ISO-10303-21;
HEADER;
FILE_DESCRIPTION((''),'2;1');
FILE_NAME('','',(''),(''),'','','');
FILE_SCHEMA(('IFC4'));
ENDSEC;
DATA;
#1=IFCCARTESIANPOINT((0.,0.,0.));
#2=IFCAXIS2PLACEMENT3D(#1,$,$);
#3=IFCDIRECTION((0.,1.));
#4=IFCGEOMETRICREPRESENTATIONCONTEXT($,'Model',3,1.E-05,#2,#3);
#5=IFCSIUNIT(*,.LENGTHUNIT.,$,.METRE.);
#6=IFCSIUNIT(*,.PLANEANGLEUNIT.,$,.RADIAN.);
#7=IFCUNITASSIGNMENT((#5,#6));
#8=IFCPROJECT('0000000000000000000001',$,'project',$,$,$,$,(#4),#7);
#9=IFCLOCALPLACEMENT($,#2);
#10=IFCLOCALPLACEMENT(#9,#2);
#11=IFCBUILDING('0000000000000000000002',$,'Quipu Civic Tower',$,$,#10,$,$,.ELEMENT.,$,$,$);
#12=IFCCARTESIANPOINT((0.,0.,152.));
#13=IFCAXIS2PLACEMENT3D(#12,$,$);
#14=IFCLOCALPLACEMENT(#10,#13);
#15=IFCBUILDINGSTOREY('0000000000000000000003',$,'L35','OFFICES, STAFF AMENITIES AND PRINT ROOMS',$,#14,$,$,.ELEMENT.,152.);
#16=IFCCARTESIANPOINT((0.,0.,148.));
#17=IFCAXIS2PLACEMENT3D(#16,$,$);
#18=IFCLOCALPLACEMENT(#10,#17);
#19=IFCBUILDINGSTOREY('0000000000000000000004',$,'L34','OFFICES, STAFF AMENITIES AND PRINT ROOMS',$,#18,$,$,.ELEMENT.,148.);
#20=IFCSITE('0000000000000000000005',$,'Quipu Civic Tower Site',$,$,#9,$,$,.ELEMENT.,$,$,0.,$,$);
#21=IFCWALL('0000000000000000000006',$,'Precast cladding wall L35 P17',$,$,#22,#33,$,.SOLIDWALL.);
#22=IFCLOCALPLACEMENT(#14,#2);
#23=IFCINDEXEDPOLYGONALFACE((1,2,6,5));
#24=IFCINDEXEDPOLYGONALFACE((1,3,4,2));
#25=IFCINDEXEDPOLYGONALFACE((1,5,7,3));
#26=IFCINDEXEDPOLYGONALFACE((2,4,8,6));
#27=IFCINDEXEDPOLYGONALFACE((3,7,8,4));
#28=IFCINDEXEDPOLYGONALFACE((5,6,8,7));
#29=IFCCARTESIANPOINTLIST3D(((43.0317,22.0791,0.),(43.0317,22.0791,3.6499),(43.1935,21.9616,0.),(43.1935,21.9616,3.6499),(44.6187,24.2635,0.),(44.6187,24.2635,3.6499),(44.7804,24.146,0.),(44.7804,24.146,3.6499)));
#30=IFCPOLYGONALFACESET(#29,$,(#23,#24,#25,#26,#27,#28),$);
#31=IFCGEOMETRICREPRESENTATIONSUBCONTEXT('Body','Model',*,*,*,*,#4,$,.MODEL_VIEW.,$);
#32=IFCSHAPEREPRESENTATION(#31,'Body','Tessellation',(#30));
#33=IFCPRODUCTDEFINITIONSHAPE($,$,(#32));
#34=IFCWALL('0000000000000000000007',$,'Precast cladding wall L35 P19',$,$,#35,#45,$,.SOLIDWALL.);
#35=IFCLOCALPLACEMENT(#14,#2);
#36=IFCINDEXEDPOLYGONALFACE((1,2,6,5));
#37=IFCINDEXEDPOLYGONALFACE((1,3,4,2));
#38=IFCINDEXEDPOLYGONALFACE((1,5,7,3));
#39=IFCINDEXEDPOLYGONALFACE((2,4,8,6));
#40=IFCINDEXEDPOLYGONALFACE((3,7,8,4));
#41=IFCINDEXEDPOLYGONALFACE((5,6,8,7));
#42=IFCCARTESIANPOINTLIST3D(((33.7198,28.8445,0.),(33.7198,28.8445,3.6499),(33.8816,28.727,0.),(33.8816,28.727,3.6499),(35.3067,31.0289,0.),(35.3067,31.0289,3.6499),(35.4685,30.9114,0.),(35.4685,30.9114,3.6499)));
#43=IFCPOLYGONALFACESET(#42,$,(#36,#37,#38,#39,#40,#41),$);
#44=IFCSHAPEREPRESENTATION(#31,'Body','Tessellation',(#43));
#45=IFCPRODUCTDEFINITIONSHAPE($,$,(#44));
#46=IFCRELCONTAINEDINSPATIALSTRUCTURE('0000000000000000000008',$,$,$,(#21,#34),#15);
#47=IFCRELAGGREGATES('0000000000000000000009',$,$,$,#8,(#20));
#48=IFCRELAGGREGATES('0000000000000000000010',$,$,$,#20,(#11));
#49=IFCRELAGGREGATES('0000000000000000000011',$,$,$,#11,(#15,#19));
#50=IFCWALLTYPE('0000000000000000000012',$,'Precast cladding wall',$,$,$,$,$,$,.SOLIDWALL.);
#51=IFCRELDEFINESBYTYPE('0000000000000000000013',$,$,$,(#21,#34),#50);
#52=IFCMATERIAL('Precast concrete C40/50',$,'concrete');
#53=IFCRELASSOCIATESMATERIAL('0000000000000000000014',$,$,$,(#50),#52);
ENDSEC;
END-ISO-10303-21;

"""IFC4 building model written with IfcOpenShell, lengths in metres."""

from ifc_helpers import new_model, si_unit, direction, frame, frame_2d, origin, place, context, subcontext, project, spatial, rectangle, extrude, material, type_object, element, save


model = new_model("IFC4")

# Units and contexts
model_context = context("Model", 3, precision=1e-05, world=origin(), true_north=direction((0.0, 1.0)))
body_context = subcontext(model_context, "Body", "Model", "MODEL_VIEW")
ifc_project = project(units=[si_unit("LENGTHUNIT", "METRE"), si_unit("PLANEANGLEUNIT", "RADIAN")], contexts=[model_context])

# Site, building, storey
site_placement = place(None, origin())
site = spatial("IfcSite", under=ifc_project, at=site_placement, Name="Quipu Civic Tower Site", CompositionType="ELEMENT", RefElevation=0.0)
building_placement = place(site_placement, origin())
building = spatial("IfcBuilding", under=site, at=building_placement, Name="Quipu Civic Tower", CompositionType="ELEMENT")
storey_1_placement = place(building_placement, frame((0.0, 0.0, 152.0)))
storey_1 = spatial("IfcBuildingStorey", under=building, at=storey_1_placement, Name="L35", Description="OFFICES, STAFF AMENITIES AND PRINT ROOMS", CompositionType="ELEMENT", Elevation=152.0)

# Shared definitions
storey_2_placement = place(building_placement, frame((0.0, 0.0, 148.0)))
storey_2 = spatial("IfcBuildingStorey", under=building, at=storey_2_placement, Name="L34", Description="OFFICES, STAFF AMENITIES AND PRINT ROOMS", CompositionType="ELEMENT", Elevation=148.0)

# Walls
ifc_material_1 = material(Name="Precast concrete C40/50", Category="concrete")
wall_type_1 = type_object("IfcWallType", Name="Precast cladding wall", PredefinedType="SOLIDWALL", material=ifc_material_1)
for number, where, z_axis, x_axis, name in (
    (1, (43.1125, 22.0203, 0.0), (0.0, 0.0, 1.0), (0.587763, 0.809033, 0.0), "Precast cladding wall L35 P17"),
    (2, (35.3877, 30.9702, 0.0), (0.0, 0.0, 1.0), (-0.587763, -0.809033, 0.0), "Precast cladding wall L35 P19"),
):
    element("IfcWall", number, at=place(storey_1_placement, frame(where, z_axis=z_axis, x_axis=x_axis)), inside=storey_1, type_object=wall_type_1, Name=name, PredefinedType="SOLIDWALL", context=body_context, shape_type="SweptSolid", body=[
        extrude(rectangle(XDim=2.7, YDim=0.2, at=frame_2d((1.3501, 0.0))), origin(), (0.0, 0.0, 1.0), 3.6499),
    ])

save(model, "model.ifc")
